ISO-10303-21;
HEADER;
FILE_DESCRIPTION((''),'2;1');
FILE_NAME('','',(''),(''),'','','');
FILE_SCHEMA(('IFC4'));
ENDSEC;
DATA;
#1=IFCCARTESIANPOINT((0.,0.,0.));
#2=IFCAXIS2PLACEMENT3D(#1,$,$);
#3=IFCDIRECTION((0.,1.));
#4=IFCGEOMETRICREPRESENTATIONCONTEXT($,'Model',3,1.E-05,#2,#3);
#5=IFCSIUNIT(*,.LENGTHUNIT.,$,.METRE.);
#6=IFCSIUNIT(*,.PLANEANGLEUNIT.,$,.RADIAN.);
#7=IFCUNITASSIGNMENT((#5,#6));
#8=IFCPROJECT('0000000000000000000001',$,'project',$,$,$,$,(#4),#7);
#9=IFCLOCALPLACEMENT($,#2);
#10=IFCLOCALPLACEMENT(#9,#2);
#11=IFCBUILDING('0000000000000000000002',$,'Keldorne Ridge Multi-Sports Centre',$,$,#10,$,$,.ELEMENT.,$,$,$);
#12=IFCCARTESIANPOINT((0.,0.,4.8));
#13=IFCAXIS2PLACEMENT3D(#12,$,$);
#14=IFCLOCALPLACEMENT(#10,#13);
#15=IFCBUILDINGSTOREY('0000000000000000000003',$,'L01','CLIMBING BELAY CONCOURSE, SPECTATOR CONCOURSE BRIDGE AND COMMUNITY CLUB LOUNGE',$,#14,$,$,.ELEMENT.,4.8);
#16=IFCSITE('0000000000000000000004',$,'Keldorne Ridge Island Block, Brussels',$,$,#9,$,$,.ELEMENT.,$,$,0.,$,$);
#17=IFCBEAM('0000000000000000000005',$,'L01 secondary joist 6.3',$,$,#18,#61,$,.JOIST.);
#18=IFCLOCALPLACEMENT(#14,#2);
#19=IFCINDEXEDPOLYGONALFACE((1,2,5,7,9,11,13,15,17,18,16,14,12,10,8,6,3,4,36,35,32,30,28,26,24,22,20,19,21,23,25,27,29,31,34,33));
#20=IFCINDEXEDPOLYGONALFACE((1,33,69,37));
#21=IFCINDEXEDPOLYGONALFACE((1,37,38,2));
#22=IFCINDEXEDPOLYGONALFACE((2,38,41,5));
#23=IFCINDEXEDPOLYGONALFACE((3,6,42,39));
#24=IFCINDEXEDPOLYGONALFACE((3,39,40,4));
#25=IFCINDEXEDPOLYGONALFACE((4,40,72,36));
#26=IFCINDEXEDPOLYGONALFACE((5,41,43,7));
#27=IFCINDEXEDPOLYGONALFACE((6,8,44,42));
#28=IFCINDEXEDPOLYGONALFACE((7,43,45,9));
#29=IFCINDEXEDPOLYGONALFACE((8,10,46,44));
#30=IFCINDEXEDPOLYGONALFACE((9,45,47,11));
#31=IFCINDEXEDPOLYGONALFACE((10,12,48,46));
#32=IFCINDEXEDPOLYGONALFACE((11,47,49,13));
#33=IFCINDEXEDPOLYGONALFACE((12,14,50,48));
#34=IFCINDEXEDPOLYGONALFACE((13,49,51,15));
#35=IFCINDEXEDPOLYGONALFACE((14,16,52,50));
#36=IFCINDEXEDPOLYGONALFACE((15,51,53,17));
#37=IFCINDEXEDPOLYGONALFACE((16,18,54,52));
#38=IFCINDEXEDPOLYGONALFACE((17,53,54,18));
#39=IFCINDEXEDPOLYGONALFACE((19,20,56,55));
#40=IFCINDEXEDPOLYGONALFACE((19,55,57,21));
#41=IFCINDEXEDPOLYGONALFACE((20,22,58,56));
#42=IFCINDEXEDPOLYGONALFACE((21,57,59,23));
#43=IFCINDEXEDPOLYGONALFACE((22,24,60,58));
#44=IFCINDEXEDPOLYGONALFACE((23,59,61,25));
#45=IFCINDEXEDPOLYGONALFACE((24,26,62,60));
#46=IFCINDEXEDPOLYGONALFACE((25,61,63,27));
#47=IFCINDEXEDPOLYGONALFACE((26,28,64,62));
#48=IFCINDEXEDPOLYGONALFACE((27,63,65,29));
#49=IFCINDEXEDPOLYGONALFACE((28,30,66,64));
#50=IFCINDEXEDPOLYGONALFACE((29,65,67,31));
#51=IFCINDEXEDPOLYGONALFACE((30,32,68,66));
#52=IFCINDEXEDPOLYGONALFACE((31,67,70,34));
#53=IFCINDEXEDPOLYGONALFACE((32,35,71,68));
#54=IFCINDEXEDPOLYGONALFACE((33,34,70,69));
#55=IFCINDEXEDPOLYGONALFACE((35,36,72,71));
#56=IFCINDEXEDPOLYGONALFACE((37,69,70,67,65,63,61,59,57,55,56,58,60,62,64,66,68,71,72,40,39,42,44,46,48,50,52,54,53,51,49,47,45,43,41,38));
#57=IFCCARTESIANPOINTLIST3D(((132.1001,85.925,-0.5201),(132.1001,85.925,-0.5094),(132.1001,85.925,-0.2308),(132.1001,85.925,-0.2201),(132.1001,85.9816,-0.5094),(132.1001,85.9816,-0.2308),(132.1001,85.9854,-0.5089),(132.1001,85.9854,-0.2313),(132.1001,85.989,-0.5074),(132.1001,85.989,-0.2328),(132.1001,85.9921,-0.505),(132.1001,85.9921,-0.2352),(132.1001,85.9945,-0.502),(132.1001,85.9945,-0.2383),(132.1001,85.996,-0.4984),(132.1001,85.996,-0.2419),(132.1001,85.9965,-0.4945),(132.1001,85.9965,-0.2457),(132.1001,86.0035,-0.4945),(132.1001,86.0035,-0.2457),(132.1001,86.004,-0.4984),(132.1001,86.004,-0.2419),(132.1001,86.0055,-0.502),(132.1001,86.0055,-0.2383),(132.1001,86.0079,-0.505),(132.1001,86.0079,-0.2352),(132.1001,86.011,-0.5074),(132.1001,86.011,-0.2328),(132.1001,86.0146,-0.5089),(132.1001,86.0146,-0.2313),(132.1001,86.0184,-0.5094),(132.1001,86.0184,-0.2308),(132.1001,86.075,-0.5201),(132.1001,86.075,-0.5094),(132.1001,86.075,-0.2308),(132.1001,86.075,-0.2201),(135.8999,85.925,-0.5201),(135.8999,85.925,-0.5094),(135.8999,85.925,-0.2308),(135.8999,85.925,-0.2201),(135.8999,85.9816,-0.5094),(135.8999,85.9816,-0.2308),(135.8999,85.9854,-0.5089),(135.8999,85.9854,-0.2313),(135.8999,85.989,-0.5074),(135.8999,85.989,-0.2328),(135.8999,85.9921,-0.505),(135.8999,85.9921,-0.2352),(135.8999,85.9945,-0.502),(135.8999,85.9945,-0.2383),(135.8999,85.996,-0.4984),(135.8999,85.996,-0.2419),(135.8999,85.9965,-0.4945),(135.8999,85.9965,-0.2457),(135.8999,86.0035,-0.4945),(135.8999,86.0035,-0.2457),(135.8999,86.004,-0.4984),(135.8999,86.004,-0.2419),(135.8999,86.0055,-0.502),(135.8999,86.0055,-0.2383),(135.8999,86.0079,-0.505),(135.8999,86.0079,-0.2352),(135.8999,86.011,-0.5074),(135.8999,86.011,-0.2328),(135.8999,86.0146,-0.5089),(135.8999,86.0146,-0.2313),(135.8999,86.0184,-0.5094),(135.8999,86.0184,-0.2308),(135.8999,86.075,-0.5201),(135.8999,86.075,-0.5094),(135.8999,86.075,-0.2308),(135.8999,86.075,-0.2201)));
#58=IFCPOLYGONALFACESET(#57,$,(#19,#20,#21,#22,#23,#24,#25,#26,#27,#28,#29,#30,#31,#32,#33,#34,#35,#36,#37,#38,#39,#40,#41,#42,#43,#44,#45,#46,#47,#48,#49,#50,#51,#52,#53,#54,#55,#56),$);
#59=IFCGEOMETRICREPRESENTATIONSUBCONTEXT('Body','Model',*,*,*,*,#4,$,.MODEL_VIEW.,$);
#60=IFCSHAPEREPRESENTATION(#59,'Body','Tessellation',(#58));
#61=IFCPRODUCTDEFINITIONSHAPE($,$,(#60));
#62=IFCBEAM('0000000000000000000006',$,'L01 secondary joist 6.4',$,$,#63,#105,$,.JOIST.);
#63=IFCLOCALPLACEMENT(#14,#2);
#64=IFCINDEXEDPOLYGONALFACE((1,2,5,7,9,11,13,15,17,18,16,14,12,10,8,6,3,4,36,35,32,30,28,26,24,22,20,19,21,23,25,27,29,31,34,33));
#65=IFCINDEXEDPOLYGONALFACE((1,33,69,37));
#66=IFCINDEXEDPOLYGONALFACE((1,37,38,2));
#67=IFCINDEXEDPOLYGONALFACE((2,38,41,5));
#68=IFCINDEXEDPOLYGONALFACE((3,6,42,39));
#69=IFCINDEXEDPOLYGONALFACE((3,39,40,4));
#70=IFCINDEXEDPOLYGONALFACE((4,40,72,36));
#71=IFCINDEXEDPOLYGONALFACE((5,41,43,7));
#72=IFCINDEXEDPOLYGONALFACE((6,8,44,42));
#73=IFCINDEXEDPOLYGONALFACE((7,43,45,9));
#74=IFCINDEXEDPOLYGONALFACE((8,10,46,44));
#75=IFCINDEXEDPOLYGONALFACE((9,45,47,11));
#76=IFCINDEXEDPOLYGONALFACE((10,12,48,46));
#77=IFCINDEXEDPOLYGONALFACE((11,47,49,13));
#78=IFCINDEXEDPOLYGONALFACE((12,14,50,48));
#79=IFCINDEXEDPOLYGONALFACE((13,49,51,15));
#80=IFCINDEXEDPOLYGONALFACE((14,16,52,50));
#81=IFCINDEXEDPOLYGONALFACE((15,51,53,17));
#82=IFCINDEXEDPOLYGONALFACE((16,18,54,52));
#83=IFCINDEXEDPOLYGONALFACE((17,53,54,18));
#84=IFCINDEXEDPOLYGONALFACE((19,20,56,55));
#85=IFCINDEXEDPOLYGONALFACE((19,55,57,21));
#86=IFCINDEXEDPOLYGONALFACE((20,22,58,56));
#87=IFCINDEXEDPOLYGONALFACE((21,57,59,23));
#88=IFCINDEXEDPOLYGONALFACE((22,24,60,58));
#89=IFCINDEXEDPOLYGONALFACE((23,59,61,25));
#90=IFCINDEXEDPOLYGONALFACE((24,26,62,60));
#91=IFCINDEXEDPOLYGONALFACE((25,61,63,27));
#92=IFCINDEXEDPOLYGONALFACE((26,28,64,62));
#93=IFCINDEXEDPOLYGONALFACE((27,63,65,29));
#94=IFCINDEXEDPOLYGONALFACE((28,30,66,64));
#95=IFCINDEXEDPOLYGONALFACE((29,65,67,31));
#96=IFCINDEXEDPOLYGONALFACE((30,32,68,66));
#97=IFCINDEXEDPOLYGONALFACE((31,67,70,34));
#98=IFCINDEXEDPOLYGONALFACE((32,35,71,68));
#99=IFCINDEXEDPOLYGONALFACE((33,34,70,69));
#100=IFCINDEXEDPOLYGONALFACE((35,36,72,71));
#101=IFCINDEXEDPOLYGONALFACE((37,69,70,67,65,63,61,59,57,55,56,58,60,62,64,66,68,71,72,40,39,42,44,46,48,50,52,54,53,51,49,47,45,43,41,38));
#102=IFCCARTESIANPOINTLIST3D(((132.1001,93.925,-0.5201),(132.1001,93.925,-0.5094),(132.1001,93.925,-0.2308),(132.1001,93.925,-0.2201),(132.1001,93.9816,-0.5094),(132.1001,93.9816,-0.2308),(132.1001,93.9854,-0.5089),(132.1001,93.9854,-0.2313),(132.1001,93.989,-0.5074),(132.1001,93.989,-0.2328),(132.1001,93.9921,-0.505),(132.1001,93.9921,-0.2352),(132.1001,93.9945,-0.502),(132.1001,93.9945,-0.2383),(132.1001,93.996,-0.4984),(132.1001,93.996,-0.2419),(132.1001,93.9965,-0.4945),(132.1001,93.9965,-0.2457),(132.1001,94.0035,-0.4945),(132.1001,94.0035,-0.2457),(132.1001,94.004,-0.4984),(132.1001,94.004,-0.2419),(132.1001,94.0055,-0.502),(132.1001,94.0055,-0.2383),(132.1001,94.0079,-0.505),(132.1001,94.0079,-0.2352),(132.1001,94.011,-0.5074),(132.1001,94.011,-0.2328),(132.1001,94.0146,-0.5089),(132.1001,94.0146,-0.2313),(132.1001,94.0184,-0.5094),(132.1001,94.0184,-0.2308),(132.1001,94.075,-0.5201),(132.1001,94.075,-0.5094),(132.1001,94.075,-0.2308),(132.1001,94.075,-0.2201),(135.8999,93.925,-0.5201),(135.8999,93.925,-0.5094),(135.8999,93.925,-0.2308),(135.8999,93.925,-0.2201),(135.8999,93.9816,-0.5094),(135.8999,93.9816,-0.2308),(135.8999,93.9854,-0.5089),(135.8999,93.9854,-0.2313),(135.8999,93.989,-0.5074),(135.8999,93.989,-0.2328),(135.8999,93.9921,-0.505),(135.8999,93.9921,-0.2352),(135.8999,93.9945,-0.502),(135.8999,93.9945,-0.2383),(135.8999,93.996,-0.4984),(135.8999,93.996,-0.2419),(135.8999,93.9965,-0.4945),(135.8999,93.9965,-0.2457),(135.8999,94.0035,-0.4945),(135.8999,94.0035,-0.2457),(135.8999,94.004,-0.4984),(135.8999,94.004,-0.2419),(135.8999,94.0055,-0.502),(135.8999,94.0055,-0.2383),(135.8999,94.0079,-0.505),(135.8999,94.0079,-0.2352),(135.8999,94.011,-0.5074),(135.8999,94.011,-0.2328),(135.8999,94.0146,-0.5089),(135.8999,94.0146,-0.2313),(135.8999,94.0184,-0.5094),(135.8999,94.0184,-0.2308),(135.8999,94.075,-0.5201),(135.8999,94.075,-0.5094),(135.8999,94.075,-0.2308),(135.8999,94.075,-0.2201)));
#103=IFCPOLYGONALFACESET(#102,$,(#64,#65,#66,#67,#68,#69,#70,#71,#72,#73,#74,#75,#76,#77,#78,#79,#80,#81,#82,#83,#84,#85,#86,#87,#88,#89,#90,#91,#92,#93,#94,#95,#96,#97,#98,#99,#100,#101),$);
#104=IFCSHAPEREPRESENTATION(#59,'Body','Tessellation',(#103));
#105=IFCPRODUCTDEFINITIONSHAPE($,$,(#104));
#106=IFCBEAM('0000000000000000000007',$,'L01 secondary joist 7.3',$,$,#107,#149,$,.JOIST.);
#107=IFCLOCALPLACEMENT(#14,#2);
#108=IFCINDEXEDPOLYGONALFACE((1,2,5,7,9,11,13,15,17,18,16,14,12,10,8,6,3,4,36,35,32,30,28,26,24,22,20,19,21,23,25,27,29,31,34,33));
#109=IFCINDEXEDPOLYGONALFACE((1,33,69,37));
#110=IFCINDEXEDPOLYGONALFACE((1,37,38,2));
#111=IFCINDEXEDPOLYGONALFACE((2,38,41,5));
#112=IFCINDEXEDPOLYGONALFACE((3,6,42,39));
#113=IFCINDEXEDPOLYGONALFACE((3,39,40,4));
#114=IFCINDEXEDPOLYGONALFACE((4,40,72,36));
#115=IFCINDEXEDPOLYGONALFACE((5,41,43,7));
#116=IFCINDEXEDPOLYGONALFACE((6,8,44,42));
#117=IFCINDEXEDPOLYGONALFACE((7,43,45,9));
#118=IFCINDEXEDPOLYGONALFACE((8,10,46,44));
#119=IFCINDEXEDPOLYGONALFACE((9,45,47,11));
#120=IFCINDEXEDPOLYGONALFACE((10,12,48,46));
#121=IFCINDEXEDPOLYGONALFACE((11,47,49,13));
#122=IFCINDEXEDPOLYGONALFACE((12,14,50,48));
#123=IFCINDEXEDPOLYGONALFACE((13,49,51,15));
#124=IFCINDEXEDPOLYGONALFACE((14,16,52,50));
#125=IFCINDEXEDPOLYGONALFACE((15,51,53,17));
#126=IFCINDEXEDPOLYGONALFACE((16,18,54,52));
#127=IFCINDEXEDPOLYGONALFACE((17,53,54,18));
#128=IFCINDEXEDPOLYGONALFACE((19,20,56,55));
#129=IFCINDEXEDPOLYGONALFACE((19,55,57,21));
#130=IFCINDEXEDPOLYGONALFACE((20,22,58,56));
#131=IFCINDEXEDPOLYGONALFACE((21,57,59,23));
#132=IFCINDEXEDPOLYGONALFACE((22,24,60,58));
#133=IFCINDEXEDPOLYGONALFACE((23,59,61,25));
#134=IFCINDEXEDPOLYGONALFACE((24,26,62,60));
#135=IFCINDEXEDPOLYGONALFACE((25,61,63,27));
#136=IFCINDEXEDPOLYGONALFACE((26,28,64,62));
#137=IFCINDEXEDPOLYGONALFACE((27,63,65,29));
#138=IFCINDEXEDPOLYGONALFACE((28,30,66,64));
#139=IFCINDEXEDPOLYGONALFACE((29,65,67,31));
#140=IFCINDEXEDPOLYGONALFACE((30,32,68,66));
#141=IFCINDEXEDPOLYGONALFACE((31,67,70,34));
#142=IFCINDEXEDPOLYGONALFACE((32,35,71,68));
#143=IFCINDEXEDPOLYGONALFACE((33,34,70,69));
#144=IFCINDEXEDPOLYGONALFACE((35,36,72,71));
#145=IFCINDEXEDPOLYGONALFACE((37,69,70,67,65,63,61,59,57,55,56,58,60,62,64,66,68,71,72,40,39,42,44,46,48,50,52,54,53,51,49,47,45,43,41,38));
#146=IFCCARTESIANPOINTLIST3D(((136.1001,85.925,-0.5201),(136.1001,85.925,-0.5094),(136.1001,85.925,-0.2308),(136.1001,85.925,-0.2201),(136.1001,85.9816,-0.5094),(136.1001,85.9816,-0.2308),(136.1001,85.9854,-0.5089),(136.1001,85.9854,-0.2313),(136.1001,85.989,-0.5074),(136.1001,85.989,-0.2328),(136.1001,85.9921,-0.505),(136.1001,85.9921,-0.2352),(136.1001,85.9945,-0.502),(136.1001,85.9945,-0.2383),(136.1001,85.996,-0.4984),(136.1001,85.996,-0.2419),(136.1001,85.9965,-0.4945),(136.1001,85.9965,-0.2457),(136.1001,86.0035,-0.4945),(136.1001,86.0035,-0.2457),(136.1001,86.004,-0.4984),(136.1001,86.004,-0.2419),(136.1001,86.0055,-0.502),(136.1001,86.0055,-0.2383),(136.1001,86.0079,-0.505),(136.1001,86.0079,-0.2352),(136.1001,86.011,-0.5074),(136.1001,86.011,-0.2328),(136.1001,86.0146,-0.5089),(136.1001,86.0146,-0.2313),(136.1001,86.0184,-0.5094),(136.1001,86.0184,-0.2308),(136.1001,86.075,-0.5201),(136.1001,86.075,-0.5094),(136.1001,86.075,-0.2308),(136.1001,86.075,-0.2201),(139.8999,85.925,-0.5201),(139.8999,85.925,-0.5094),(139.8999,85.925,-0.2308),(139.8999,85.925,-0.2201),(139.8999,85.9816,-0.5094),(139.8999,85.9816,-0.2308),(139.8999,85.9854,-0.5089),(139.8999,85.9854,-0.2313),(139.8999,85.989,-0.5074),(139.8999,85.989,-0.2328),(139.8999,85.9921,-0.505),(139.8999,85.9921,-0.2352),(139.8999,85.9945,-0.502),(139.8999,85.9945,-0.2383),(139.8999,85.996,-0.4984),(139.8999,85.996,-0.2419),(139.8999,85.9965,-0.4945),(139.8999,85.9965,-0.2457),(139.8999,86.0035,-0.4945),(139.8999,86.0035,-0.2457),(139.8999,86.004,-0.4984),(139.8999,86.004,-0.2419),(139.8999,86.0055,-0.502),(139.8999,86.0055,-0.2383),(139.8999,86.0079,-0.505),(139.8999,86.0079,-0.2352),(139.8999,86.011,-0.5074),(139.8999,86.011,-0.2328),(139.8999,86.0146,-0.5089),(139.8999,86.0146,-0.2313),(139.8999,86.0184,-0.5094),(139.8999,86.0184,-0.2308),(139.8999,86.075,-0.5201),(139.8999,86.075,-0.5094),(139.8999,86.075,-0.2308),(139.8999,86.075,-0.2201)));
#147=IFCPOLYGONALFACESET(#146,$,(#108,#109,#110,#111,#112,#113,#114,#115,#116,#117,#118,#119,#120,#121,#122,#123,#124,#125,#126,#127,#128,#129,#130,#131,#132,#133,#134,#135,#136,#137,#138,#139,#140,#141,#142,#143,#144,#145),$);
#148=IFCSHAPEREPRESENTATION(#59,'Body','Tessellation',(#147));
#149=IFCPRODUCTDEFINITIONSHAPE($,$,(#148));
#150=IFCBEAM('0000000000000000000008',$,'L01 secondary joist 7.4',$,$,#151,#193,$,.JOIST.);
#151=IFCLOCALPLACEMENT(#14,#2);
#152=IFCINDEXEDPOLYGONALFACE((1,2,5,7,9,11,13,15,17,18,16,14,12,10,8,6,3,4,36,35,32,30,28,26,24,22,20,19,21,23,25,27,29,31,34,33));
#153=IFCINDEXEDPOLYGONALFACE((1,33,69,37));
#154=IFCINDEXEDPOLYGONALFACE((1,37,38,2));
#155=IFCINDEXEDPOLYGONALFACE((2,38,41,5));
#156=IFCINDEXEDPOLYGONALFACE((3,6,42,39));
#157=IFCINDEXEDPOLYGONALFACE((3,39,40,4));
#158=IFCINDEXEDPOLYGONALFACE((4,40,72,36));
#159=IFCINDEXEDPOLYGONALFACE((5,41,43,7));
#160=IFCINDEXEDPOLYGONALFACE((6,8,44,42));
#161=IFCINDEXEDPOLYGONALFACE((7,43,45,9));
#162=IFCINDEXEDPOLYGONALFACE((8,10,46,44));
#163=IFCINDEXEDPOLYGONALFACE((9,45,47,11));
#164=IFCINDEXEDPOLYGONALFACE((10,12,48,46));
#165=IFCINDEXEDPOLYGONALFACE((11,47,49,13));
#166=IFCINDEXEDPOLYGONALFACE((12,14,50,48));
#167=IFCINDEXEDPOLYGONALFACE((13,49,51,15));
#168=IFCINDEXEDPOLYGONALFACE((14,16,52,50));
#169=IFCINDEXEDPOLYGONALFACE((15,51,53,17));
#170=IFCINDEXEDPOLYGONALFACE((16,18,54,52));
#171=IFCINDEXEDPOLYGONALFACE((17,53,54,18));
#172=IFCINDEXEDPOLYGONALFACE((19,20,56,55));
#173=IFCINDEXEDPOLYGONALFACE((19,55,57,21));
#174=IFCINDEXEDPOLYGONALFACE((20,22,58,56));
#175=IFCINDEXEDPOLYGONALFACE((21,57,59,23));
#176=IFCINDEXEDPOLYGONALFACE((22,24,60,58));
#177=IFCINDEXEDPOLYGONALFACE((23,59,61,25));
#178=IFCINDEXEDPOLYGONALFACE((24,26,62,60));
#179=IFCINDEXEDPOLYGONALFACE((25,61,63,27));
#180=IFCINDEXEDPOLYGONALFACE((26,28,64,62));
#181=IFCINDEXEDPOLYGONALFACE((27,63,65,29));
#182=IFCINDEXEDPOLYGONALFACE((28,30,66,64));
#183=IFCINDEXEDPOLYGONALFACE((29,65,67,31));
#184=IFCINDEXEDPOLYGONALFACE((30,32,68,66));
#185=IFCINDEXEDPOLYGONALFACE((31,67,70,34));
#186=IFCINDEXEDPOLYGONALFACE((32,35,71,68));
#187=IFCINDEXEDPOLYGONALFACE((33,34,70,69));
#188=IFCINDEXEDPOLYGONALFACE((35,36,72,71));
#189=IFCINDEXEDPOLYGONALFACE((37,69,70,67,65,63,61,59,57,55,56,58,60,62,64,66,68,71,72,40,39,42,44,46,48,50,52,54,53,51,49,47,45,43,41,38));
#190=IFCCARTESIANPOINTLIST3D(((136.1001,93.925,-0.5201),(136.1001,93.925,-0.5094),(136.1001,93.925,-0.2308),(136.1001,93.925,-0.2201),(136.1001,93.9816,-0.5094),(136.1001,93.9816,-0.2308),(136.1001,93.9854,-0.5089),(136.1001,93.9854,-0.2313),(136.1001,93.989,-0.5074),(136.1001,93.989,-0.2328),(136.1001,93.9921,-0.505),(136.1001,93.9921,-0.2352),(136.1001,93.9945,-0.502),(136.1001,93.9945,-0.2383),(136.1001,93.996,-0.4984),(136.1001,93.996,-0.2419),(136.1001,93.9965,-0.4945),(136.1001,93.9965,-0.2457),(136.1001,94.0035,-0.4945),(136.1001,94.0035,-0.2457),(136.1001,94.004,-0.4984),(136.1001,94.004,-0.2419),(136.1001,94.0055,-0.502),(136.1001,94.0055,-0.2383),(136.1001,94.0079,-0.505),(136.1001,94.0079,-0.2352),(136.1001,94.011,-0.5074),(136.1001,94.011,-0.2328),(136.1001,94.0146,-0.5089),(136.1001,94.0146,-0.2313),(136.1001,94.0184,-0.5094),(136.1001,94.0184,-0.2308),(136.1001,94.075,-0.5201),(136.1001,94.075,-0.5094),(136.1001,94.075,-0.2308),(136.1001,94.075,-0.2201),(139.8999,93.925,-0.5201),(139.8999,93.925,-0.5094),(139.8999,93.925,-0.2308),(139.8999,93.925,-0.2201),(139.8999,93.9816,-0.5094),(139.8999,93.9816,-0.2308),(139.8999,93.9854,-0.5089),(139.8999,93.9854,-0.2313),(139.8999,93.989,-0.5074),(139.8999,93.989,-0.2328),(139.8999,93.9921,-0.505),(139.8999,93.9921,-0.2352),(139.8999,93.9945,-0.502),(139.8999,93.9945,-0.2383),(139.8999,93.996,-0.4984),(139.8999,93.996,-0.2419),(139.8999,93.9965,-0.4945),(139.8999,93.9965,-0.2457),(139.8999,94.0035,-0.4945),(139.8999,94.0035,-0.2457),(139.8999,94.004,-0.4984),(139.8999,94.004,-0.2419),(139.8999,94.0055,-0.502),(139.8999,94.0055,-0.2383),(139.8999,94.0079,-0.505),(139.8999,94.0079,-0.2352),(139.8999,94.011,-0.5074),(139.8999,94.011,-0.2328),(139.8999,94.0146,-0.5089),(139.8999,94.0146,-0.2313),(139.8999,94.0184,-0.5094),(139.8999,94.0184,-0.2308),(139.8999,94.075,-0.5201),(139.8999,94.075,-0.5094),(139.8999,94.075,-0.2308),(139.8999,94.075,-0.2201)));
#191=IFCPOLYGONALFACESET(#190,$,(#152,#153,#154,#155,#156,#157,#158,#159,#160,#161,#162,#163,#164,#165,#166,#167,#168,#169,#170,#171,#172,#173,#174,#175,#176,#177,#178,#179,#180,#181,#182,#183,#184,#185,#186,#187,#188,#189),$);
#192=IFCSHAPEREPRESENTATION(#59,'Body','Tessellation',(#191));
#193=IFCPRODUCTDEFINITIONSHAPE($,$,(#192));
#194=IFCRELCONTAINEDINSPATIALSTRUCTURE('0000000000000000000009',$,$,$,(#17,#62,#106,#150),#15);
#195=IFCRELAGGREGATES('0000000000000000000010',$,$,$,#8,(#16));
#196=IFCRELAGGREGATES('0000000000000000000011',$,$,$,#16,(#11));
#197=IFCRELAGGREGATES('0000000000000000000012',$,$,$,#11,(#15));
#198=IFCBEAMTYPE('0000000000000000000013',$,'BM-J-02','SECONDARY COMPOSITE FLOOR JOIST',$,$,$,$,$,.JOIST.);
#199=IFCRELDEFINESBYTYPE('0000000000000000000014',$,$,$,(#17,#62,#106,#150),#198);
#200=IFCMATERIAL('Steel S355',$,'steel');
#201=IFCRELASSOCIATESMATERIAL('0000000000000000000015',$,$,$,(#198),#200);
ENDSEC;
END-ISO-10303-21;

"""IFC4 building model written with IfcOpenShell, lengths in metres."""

from ifc_helpers import new_model, si_unit, direction, frame, origin, origin_2d, place, context, subcontext, project, spatial, i_section, extrude, material, material_profile, profile_set, type_object, element, save


model = new_model("IFC4")

# Units and contexts
model_context = context("Model", 3, precision=1e-05, world=origin(), true_north=direction((0.0, 1.0)))
body_context = subcontext(model_context, "Body", "Model", "MODEL_VIEW")
ifc_project = project(units=[si_unit("LENGTHUNIT", "METRE"), si_unit("PLANEANGLEUNIT", "RADIAN")], contexts=[model_context])

# Site, building, storey
site_placement = place(None, origin())
site = spatial("IfcSite", under=ifc_project, at=site_placement, Name="Keldorne Ridge Island Block, Brussels", CompositionType="ELEMENT", RefElevation=0.0)
building_placement = place(site_placement, origin())
building = spatial("IfcBuilding", under=site, at=building_placement, Name="Keldorne Ridge Multi-Sports Centre", CompositionType="ELEMENT")
storey_placement = place(building_placement, frame((0.0, 0.0, 4.8)))
storey = spatial("IfcBuildingStorey", under=building, at=storey_placement, Name="L01", Description="CLIMBING BELAY CONCOURSE, SPECTATOR CONCOURSE BRIDGE AND COMMUNITY CLUB LOUNGE", CompositionType="ELEMENT", Elevation=4.8)

# Shared definitions
ifc_material = material(Name="Steel S355", Category="steel")

# Beams
ifc_material_profile_1 = material_profile(ifc_material, i_section(OverallWidth=0.1499, OverallDepth=0.3, WebThickness=0.0071, FlangeThickness=0.0107, FilletRadius=0.0149, at=origin_2d()), Name="IPE 300")
ifc_profile_set_1 = profile_set([ifc_material_profile_1], Name="Steel S355")
beam_type_1 = type_object("IfcBeamType", Name="BM-J-02", Description="SECONDARY COMPOSITE FLOOR JOIST", PredefinedType="JOIST", material=ifc_profile_set_1)
for number, where, z_axis, x_axis, name in (
    (1, (132.1001, 86.0, -0.3701), (1.0, 0.0, 0.0), (0.0, 1.0, 0.0), "L01 secondary joist 6.3"),
    (2, (132.1001, 94.0, -0.3701), (1.0, 0.0, 0.0), (0.0, 1.0, 0.0), "L01 secondary joist 6.4"),
    (3, (136.1001, 86.0, -0.3701), (1.0, 0.0, 0.0), (0.0, 1.0, 0.0), "L01 secondary joist 7.3"),
    (4, (136.1001, 94.0, -0.3701), (1.0, 0.0, 0.0), (0.0, 1.0, 0.0), "L01 secondary joist 7.4"),
):
    element("IfcBeam", number, at=place(storey_placement, frame(where, z_axis=z_axis, x_axis=x_axis)), inside=storey, type_object=beam_type_1, Name=name, PredefinedType="JOIST", context=body_context, shape_type="SweptSolid", body=[
        extrude(i_section(OverallWidth=0.1499, OverallDepth=0.3, WebThickness=0.0071, FlangeThickness=0.0107, FilletRadius=0.0149, at=origin_2d()), origin(), (0.0, 0.0, 1.0), 3.7998),
    ])

save(model, "model.ifc")
